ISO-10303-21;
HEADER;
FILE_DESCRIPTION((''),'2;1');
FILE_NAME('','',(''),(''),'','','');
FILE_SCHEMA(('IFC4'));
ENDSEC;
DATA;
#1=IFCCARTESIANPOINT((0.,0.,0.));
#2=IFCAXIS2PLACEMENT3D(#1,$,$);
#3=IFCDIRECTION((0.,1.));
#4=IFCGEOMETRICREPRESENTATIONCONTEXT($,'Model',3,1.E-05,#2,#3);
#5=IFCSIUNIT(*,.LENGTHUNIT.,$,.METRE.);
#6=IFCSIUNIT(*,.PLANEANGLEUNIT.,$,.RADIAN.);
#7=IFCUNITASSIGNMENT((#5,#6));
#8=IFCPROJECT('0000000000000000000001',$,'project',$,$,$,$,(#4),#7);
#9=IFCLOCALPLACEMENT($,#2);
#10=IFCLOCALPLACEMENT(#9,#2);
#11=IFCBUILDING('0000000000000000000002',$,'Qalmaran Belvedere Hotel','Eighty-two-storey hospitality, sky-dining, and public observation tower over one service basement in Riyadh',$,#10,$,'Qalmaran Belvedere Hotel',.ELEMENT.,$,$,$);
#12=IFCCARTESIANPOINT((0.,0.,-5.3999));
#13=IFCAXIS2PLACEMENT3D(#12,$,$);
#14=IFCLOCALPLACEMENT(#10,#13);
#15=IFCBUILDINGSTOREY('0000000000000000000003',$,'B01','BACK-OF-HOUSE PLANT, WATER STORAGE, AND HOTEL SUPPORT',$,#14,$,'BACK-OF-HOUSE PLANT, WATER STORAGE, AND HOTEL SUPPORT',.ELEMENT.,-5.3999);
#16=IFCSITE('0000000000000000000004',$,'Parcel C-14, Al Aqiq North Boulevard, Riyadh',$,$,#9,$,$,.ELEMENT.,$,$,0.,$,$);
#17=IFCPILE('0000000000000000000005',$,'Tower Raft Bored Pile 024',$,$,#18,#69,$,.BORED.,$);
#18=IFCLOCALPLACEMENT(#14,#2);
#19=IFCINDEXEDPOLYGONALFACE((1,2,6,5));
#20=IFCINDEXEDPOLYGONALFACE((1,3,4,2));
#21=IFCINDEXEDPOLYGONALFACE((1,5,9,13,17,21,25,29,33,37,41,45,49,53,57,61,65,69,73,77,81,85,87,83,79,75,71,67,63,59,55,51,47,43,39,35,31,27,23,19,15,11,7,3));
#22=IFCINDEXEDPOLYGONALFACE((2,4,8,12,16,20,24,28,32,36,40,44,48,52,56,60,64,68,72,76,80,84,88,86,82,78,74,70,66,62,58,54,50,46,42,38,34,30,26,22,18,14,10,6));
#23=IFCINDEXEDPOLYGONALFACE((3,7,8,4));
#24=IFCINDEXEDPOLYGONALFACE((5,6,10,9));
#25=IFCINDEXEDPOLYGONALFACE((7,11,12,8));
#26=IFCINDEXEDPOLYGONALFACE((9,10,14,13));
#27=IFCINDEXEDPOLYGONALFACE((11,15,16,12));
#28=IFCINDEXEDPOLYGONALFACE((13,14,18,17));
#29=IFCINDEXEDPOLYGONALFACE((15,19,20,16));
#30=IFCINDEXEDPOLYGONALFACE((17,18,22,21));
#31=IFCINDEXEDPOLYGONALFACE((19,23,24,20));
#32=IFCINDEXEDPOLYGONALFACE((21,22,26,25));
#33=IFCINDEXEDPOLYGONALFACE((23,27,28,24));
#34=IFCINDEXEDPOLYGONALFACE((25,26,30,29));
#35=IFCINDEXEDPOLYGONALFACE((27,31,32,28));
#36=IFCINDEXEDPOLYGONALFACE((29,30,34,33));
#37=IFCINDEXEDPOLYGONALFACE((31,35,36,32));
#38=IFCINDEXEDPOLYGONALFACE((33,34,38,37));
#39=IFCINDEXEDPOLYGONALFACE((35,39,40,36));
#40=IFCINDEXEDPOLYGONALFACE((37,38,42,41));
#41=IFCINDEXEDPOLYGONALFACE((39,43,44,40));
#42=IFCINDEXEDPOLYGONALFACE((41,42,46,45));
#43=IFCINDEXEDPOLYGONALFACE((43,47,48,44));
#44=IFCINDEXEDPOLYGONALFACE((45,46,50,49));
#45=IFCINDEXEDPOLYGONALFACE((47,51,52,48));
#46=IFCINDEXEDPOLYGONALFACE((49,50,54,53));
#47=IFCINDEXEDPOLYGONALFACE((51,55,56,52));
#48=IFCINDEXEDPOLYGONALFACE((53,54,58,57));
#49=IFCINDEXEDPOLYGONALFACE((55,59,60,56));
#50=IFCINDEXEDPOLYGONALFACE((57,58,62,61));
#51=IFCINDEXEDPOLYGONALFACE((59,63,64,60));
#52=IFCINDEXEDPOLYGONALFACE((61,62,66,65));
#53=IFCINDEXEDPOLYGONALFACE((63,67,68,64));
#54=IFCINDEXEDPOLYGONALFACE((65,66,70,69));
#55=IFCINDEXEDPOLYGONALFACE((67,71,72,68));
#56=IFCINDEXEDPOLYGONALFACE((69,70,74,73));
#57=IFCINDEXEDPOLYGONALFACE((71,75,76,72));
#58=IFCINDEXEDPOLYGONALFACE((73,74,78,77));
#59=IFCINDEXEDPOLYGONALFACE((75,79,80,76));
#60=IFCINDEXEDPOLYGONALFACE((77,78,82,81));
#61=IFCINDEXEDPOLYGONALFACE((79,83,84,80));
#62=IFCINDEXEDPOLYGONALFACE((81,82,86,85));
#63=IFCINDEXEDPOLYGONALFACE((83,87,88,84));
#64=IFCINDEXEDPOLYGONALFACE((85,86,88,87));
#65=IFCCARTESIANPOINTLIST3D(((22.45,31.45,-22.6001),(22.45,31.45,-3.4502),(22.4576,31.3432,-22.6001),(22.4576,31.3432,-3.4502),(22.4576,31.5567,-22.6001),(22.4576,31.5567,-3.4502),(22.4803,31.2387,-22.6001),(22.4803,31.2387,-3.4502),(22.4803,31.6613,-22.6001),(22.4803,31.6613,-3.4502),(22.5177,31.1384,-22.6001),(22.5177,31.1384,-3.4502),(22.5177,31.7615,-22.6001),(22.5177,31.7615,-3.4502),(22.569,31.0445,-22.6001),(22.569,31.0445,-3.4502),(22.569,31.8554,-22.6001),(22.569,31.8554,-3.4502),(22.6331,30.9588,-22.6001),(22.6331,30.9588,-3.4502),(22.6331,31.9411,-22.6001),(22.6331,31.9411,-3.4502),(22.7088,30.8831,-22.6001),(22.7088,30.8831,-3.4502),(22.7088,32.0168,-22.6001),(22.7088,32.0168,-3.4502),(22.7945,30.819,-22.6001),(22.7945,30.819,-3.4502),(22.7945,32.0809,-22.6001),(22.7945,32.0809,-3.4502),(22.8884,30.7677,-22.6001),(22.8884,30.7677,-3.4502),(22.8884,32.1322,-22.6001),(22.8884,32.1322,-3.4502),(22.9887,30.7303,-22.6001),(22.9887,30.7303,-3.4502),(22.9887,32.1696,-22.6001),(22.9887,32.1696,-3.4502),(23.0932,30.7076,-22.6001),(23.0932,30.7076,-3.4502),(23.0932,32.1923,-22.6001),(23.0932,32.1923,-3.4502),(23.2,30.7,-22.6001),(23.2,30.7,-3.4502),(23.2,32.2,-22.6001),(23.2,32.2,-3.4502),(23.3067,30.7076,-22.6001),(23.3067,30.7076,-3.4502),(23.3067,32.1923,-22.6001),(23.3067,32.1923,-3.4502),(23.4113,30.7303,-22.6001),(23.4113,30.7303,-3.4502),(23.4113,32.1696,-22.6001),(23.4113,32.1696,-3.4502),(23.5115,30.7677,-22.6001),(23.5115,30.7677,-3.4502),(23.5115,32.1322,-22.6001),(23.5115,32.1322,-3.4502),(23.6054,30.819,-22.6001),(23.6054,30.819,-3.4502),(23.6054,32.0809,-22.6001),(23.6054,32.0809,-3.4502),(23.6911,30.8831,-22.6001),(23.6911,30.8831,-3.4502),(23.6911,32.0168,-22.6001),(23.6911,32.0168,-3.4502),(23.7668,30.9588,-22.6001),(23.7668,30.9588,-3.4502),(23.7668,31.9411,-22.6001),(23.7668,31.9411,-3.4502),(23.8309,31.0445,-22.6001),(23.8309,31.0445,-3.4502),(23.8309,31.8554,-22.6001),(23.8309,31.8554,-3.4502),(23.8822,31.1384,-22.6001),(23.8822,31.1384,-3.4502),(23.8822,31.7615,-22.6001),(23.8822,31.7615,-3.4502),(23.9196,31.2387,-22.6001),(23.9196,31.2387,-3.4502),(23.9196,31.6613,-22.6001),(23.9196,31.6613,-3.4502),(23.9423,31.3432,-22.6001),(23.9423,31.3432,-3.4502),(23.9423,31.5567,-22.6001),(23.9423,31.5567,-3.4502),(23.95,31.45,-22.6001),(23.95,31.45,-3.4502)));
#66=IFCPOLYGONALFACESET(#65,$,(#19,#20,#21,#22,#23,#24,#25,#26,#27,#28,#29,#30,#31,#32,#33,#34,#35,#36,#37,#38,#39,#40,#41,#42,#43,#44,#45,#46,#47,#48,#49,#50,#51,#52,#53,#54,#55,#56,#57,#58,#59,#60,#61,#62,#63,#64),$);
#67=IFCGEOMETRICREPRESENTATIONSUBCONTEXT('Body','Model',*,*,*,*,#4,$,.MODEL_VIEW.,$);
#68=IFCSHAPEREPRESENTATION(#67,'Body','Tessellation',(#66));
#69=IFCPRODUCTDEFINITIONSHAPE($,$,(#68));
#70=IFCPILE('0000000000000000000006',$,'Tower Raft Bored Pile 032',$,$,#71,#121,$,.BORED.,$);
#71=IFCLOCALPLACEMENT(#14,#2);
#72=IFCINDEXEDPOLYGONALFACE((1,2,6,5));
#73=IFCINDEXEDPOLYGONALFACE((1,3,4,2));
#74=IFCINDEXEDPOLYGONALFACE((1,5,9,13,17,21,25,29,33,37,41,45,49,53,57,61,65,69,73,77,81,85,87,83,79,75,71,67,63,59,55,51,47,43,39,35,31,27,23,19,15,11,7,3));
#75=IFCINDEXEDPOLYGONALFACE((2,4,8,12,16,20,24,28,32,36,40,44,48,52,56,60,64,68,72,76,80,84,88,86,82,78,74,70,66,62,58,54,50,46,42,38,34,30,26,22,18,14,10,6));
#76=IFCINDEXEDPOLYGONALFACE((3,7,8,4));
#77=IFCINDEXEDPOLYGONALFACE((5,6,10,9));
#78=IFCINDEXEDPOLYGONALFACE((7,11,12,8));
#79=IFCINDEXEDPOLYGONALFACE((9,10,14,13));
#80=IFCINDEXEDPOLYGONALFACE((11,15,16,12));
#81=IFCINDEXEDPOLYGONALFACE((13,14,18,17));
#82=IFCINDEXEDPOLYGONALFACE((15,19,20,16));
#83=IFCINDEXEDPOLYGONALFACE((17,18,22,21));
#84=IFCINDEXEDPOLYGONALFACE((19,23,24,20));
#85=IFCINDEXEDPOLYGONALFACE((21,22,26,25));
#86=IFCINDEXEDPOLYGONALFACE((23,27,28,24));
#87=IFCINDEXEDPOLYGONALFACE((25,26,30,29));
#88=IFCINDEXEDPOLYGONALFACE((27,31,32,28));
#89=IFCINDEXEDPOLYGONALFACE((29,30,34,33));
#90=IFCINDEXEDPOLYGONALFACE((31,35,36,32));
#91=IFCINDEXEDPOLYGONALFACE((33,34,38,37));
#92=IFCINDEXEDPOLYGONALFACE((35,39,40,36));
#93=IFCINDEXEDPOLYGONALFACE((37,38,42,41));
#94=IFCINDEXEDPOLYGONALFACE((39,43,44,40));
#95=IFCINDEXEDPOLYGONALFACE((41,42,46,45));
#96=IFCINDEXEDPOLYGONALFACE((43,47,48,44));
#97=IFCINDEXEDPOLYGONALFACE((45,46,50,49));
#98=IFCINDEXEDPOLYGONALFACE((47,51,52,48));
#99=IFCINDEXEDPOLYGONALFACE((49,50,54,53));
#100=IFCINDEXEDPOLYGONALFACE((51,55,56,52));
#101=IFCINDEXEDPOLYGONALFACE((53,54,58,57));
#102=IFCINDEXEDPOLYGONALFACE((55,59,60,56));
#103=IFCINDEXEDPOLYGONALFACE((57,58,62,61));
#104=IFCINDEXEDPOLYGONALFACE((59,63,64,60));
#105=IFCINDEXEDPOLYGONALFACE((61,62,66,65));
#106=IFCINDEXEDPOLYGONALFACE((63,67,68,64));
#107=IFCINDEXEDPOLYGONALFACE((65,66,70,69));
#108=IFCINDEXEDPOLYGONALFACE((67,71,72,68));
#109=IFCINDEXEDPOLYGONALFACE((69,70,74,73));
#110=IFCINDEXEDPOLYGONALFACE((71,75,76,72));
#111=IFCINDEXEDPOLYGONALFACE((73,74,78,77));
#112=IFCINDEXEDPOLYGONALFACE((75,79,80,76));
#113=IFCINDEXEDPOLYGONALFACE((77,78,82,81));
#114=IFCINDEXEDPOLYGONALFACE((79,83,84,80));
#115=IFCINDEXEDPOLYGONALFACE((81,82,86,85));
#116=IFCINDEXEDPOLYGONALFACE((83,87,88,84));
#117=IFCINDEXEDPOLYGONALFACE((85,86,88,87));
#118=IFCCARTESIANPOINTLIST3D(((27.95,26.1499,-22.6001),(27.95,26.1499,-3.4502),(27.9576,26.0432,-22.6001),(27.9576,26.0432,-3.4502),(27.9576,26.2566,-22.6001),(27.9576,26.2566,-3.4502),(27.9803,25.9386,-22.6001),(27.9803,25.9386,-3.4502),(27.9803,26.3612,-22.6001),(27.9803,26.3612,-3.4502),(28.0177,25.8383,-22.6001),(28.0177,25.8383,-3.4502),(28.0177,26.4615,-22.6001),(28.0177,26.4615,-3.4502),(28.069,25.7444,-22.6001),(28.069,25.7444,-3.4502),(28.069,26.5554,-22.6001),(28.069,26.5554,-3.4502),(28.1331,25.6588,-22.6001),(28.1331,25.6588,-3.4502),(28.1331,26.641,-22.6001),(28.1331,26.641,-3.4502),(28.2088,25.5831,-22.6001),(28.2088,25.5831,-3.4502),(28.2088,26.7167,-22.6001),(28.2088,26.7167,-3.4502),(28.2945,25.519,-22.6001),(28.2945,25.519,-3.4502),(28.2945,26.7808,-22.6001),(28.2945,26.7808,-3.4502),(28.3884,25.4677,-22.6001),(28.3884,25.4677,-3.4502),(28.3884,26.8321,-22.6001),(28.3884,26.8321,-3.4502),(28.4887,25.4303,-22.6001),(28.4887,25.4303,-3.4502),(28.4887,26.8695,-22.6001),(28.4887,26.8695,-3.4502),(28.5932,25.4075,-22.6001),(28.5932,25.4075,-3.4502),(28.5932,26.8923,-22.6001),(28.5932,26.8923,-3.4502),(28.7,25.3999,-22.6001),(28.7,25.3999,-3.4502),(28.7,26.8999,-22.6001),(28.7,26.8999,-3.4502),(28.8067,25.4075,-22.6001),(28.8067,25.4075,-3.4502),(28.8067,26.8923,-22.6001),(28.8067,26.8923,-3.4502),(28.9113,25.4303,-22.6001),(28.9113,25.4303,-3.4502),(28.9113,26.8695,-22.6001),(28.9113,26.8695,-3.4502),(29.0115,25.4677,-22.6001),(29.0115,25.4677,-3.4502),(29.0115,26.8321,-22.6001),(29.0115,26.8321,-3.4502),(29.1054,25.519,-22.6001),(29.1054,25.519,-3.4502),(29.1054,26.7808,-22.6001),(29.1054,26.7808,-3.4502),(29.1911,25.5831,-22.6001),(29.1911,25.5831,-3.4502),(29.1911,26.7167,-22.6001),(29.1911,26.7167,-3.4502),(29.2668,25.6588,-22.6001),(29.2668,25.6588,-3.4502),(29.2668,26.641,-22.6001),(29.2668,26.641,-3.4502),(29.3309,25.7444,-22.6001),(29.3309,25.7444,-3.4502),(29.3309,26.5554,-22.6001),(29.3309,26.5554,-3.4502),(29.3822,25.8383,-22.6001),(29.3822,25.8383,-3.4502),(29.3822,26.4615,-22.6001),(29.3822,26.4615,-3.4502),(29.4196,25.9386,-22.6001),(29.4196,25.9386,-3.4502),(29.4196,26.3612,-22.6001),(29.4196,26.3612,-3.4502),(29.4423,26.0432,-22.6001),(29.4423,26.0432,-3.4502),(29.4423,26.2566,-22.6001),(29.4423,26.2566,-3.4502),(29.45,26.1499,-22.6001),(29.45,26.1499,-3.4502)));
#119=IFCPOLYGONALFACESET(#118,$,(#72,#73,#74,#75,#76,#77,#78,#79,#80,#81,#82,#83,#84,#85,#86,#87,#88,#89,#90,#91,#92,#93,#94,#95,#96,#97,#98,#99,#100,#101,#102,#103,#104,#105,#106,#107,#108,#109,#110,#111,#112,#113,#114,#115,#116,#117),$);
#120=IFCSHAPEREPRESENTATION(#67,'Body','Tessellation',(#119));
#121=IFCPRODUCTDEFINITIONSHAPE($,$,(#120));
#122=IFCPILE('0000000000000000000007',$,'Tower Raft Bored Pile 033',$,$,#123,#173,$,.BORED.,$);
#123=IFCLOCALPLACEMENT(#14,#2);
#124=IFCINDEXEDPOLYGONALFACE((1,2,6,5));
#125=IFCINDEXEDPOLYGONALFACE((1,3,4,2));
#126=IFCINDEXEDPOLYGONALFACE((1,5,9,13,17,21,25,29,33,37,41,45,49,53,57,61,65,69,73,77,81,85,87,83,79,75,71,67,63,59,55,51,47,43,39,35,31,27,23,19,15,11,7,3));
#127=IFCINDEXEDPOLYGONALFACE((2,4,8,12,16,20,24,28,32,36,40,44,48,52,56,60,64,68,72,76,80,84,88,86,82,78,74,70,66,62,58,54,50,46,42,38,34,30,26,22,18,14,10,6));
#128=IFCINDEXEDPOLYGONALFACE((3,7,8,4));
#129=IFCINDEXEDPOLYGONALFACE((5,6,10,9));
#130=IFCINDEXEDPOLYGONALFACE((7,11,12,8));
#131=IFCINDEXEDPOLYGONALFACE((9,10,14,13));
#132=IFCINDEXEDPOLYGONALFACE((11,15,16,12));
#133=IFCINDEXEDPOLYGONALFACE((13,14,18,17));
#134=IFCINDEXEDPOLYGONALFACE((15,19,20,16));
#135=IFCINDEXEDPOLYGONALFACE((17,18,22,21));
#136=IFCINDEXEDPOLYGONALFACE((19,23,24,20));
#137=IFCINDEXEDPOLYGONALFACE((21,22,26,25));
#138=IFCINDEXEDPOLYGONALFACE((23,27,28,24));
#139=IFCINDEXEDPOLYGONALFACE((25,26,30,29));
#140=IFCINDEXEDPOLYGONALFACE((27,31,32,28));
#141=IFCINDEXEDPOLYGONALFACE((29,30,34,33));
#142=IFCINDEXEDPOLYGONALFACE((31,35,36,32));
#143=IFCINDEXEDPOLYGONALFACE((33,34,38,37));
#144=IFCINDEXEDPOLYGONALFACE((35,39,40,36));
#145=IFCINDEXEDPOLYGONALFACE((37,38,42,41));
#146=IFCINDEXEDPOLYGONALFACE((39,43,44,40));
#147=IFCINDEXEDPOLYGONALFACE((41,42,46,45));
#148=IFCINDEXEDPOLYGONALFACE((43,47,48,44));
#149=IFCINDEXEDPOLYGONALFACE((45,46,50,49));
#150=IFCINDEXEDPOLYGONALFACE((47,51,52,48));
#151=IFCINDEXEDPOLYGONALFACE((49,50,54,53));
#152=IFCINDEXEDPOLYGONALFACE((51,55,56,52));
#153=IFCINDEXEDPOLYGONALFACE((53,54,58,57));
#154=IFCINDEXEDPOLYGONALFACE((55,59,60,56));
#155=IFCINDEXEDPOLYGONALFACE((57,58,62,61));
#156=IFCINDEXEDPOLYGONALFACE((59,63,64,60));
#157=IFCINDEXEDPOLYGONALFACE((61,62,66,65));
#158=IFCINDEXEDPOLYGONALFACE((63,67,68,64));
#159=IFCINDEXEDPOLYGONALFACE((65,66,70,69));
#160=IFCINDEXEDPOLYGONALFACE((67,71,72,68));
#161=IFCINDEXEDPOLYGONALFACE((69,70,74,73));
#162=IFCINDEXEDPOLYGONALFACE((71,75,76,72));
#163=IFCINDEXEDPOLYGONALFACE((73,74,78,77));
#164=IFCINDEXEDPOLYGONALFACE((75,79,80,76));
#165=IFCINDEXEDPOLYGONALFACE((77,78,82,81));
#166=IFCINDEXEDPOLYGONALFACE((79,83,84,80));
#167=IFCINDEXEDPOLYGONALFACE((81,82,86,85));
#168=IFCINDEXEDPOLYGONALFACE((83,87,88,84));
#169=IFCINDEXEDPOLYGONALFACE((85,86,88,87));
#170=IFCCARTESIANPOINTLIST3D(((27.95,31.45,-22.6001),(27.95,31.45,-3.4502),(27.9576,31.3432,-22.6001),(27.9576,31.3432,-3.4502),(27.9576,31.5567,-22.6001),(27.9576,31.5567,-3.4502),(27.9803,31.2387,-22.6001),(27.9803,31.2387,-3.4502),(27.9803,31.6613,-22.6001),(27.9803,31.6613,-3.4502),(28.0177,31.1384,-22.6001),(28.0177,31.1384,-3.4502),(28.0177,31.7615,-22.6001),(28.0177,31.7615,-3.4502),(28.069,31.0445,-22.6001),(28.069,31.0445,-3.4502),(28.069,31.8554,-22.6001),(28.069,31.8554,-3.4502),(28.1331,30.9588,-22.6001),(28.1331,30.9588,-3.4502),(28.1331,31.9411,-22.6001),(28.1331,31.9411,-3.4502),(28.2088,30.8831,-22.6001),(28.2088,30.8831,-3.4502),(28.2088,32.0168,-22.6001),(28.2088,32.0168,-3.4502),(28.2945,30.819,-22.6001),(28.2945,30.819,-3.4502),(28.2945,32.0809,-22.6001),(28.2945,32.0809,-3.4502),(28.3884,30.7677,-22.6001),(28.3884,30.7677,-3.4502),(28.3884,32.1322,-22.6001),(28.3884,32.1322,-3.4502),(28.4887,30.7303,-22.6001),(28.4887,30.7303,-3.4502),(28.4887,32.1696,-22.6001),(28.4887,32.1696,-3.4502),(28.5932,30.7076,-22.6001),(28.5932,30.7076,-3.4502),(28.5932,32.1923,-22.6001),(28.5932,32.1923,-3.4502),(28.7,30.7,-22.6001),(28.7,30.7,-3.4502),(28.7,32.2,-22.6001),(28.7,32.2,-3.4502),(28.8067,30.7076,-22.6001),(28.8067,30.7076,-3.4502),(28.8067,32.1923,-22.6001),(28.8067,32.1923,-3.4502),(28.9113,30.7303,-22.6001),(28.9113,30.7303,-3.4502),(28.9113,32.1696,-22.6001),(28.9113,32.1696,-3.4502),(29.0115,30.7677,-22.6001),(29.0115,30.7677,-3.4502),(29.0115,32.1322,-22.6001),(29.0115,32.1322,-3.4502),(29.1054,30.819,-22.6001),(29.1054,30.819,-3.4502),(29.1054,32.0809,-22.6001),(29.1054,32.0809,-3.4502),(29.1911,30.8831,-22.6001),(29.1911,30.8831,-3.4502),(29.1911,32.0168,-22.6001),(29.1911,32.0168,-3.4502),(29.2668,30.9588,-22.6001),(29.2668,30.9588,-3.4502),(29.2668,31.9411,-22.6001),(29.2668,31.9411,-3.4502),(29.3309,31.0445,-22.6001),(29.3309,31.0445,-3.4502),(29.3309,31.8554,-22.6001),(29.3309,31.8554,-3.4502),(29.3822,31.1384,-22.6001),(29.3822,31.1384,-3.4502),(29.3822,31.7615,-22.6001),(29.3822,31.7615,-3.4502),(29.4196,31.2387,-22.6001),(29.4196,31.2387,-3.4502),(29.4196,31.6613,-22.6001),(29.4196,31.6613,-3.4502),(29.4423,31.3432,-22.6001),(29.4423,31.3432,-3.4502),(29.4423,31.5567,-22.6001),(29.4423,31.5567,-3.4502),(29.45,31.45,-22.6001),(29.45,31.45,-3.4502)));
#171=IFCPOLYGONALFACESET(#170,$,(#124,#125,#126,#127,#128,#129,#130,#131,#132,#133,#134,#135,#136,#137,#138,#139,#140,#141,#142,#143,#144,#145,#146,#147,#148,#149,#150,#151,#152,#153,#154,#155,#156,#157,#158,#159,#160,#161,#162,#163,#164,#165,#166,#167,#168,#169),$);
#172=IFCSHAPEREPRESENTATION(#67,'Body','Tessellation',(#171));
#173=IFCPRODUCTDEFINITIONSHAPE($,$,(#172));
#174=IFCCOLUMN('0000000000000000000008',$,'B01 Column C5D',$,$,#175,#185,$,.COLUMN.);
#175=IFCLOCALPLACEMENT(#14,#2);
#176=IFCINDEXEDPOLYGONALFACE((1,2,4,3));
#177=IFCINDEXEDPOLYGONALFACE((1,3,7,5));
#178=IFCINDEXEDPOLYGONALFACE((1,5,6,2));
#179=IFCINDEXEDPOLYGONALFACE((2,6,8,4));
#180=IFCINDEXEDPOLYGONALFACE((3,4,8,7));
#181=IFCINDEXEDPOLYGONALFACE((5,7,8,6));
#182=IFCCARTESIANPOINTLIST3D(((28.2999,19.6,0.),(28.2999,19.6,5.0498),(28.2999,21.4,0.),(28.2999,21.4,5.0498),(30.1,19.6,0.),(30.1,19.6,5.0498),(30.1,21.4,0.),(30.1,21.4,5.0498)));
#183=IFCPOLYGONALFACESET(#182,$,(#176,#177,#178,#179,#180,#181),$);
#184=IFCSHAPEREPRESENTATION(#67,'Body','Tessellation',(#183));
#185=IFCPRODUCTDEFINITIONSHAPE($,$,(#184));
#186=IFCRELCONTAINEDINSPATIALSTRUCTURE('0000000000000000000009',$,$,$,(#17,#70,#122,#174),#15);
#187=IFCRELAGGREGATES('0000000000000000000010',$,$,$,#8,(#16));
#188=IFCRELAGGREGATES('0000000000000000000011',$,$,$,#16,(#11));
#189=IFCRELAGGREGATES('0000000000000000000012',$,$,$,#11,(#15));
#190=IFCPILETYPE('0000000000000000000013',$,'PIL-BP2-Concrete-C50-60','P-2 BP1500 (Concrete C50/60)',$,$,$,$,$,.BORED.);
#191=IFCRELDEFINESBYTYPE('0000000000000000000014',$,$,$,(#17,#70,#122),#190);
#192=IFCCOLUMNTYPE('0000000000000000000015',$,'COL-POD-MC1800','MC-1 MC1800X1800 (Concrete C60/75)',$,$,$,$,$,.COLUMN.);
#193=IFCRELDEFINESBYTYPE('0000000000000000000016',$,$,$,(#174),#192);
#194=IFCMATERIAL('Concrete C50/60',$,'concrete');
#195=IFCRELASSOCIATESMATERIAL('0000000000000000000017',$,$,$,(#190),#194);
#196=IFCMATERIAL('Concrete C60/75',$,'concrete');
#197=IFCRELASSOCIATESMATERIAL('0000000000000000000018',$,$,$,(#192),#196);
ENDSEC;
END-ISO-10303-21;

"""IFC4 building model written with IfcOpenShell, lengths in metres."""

from ifc_helpers import new_model, si_unit, direction, frame, origin, origin_2d, place, context, subcontext, project, spatial, rectangle, circle, extrude, material, material_profile, profile_set, type_object, element, save


model = new_model("IFC4")

# Units and contexts
model_context = context("Model", 3, precision=1e-05, world=origin(), true_north=direction((0.0, 1.0)))
body_context = subcontext(model_context, "Body", "Model", "MODEL_VIEW")
ifc_project = project(units=[si_unit("LENGTHUNIT", "METRE"), si_unit("PLANEANGLEUNIT", "RADIAN")], contexts=[model_context])

# Site, building, storey
site_placement = place(None, origin())
site = spatial("IfcSite", under=ifc_project, at=site_placement, Name="Parcel C-14, Al Aqiq North Boulevard, Riyadh", CompositionType="ELEMENT", RefElevation=0.0)
building_placement = place(site_placement, origin())
building = spatial("IfcBuilding", under=site, at=building_placement, Name="Qalmaran Belvedere Hotel", Description="Eighty-two-storey hospitality, sky-dining, and public observation tower over one service basement in Riyadh", LongName="Qalmaran Belvedere Hotel", CompositionType="ELEMENT")
storey_placement = place(building_placement, frame((0.0, 0.0, -5.3999)))
storey = spatial("IfcBuildingStorey", under=building, at=storey_placement, Name="B01", Description="BACK-OF-HOUSE PLANT, WATER STORAGE, AND HOTEL SUPPORT", LongName="BACK-OF-HOUSE PLANT, WATER STORAGE, AND HOTEL SUPPORT", CompositionType="ELEMENT", Elevation=-5.3999)

# Piles
ifc_material_1 = material(Name="Concrete C50/60", Category="concrete")
ifc_material_profile_1 = material_profile(ifc_material_1, circle(Radius=0.75, at=origin_2d()), Name="BP1500")
ifc_profile_set_1 = profile_set([ifc_material_profile_1], Name="Concrete C50/60")
pile_type_1 = type_object("IfcPileType", Name="PIL-BP2-Concrete-C50-60", Description="P-2 BP1500 (Concrete C50/60)", PredefinedType="BORED", material=ifc_profile_set_1)
for number, where, z_axis, x_axis, name in (
    (1, (23.2, 31.45, -3.4502), (0.0, 0.0, -1.0), (1.0, 0.0, 0.0), "Tower Raft Bored Pile 024"),
    (2, (28.7, 26.1499, -3.4502), (0.0, 0.0, -1.0), (1.0, 0.0, 0.0), "Tower Raft Bored Pile 032"),
    (3, (28.7, 31.45, -3.4502), (0.0, 0.0, -1.0), (1.0, 0.0, 0.0), "Tower Raft Bored Pile 033"),
):
    element("IfcPile", number, at=place(storey_placement, frame(where, z_axis=z_axis, x_axis=x_axis)), inside=storey, type_object=pile_type_1, Name=name, PredefinedType="BORED", context=body_context, shape_type="SweptSolid", body=[
        extrude(circle(Radius=0.75, at=origin_2d()), origin(), (0.0, 0.0, 1.0), 19.1499),
    ])

# Column
ifc_material_2 = material(Name="Concrete C60/75", Category="concrete")
ifc_material_profile_2 = material_profile(ifc_material_2, rectangle(XDim=1.8, YDim=1.8, at=origin_2d()), Name="MC1800X1800")
ifc_profile_set_2 = profile_set([ifc_material_profile_2], Name="Concrete C60/75")
column_type = type_object("IfcColumnType", Name="COL-POD-MC1800", Description="MC-1 MC1800X1800 (Concrete C60/75)", PredefinedType="COLUMN", material=ifc_profile_set_2)
column_placement = place(storey_placement, frame((29.2, 20.5, 0.0), z_axis=(0.0, 0.0, 1.0), x_axis=(1.0, 0.0, 0.0)))
element("IfcColumn", 4, at=column_placement, inside=storey, type_object=column_type, Name="B01 Column C5D", PredefinedType="COLUMN", context=body_context, shape_type="SweptSolid", body=[
    extrude(rectangle(XDim=1.8, YDim=1.8, at=origin_2d()), origin(), (0.0, 0.0, 1.0), 5.0498),
])

save(model, "model.ifc")
